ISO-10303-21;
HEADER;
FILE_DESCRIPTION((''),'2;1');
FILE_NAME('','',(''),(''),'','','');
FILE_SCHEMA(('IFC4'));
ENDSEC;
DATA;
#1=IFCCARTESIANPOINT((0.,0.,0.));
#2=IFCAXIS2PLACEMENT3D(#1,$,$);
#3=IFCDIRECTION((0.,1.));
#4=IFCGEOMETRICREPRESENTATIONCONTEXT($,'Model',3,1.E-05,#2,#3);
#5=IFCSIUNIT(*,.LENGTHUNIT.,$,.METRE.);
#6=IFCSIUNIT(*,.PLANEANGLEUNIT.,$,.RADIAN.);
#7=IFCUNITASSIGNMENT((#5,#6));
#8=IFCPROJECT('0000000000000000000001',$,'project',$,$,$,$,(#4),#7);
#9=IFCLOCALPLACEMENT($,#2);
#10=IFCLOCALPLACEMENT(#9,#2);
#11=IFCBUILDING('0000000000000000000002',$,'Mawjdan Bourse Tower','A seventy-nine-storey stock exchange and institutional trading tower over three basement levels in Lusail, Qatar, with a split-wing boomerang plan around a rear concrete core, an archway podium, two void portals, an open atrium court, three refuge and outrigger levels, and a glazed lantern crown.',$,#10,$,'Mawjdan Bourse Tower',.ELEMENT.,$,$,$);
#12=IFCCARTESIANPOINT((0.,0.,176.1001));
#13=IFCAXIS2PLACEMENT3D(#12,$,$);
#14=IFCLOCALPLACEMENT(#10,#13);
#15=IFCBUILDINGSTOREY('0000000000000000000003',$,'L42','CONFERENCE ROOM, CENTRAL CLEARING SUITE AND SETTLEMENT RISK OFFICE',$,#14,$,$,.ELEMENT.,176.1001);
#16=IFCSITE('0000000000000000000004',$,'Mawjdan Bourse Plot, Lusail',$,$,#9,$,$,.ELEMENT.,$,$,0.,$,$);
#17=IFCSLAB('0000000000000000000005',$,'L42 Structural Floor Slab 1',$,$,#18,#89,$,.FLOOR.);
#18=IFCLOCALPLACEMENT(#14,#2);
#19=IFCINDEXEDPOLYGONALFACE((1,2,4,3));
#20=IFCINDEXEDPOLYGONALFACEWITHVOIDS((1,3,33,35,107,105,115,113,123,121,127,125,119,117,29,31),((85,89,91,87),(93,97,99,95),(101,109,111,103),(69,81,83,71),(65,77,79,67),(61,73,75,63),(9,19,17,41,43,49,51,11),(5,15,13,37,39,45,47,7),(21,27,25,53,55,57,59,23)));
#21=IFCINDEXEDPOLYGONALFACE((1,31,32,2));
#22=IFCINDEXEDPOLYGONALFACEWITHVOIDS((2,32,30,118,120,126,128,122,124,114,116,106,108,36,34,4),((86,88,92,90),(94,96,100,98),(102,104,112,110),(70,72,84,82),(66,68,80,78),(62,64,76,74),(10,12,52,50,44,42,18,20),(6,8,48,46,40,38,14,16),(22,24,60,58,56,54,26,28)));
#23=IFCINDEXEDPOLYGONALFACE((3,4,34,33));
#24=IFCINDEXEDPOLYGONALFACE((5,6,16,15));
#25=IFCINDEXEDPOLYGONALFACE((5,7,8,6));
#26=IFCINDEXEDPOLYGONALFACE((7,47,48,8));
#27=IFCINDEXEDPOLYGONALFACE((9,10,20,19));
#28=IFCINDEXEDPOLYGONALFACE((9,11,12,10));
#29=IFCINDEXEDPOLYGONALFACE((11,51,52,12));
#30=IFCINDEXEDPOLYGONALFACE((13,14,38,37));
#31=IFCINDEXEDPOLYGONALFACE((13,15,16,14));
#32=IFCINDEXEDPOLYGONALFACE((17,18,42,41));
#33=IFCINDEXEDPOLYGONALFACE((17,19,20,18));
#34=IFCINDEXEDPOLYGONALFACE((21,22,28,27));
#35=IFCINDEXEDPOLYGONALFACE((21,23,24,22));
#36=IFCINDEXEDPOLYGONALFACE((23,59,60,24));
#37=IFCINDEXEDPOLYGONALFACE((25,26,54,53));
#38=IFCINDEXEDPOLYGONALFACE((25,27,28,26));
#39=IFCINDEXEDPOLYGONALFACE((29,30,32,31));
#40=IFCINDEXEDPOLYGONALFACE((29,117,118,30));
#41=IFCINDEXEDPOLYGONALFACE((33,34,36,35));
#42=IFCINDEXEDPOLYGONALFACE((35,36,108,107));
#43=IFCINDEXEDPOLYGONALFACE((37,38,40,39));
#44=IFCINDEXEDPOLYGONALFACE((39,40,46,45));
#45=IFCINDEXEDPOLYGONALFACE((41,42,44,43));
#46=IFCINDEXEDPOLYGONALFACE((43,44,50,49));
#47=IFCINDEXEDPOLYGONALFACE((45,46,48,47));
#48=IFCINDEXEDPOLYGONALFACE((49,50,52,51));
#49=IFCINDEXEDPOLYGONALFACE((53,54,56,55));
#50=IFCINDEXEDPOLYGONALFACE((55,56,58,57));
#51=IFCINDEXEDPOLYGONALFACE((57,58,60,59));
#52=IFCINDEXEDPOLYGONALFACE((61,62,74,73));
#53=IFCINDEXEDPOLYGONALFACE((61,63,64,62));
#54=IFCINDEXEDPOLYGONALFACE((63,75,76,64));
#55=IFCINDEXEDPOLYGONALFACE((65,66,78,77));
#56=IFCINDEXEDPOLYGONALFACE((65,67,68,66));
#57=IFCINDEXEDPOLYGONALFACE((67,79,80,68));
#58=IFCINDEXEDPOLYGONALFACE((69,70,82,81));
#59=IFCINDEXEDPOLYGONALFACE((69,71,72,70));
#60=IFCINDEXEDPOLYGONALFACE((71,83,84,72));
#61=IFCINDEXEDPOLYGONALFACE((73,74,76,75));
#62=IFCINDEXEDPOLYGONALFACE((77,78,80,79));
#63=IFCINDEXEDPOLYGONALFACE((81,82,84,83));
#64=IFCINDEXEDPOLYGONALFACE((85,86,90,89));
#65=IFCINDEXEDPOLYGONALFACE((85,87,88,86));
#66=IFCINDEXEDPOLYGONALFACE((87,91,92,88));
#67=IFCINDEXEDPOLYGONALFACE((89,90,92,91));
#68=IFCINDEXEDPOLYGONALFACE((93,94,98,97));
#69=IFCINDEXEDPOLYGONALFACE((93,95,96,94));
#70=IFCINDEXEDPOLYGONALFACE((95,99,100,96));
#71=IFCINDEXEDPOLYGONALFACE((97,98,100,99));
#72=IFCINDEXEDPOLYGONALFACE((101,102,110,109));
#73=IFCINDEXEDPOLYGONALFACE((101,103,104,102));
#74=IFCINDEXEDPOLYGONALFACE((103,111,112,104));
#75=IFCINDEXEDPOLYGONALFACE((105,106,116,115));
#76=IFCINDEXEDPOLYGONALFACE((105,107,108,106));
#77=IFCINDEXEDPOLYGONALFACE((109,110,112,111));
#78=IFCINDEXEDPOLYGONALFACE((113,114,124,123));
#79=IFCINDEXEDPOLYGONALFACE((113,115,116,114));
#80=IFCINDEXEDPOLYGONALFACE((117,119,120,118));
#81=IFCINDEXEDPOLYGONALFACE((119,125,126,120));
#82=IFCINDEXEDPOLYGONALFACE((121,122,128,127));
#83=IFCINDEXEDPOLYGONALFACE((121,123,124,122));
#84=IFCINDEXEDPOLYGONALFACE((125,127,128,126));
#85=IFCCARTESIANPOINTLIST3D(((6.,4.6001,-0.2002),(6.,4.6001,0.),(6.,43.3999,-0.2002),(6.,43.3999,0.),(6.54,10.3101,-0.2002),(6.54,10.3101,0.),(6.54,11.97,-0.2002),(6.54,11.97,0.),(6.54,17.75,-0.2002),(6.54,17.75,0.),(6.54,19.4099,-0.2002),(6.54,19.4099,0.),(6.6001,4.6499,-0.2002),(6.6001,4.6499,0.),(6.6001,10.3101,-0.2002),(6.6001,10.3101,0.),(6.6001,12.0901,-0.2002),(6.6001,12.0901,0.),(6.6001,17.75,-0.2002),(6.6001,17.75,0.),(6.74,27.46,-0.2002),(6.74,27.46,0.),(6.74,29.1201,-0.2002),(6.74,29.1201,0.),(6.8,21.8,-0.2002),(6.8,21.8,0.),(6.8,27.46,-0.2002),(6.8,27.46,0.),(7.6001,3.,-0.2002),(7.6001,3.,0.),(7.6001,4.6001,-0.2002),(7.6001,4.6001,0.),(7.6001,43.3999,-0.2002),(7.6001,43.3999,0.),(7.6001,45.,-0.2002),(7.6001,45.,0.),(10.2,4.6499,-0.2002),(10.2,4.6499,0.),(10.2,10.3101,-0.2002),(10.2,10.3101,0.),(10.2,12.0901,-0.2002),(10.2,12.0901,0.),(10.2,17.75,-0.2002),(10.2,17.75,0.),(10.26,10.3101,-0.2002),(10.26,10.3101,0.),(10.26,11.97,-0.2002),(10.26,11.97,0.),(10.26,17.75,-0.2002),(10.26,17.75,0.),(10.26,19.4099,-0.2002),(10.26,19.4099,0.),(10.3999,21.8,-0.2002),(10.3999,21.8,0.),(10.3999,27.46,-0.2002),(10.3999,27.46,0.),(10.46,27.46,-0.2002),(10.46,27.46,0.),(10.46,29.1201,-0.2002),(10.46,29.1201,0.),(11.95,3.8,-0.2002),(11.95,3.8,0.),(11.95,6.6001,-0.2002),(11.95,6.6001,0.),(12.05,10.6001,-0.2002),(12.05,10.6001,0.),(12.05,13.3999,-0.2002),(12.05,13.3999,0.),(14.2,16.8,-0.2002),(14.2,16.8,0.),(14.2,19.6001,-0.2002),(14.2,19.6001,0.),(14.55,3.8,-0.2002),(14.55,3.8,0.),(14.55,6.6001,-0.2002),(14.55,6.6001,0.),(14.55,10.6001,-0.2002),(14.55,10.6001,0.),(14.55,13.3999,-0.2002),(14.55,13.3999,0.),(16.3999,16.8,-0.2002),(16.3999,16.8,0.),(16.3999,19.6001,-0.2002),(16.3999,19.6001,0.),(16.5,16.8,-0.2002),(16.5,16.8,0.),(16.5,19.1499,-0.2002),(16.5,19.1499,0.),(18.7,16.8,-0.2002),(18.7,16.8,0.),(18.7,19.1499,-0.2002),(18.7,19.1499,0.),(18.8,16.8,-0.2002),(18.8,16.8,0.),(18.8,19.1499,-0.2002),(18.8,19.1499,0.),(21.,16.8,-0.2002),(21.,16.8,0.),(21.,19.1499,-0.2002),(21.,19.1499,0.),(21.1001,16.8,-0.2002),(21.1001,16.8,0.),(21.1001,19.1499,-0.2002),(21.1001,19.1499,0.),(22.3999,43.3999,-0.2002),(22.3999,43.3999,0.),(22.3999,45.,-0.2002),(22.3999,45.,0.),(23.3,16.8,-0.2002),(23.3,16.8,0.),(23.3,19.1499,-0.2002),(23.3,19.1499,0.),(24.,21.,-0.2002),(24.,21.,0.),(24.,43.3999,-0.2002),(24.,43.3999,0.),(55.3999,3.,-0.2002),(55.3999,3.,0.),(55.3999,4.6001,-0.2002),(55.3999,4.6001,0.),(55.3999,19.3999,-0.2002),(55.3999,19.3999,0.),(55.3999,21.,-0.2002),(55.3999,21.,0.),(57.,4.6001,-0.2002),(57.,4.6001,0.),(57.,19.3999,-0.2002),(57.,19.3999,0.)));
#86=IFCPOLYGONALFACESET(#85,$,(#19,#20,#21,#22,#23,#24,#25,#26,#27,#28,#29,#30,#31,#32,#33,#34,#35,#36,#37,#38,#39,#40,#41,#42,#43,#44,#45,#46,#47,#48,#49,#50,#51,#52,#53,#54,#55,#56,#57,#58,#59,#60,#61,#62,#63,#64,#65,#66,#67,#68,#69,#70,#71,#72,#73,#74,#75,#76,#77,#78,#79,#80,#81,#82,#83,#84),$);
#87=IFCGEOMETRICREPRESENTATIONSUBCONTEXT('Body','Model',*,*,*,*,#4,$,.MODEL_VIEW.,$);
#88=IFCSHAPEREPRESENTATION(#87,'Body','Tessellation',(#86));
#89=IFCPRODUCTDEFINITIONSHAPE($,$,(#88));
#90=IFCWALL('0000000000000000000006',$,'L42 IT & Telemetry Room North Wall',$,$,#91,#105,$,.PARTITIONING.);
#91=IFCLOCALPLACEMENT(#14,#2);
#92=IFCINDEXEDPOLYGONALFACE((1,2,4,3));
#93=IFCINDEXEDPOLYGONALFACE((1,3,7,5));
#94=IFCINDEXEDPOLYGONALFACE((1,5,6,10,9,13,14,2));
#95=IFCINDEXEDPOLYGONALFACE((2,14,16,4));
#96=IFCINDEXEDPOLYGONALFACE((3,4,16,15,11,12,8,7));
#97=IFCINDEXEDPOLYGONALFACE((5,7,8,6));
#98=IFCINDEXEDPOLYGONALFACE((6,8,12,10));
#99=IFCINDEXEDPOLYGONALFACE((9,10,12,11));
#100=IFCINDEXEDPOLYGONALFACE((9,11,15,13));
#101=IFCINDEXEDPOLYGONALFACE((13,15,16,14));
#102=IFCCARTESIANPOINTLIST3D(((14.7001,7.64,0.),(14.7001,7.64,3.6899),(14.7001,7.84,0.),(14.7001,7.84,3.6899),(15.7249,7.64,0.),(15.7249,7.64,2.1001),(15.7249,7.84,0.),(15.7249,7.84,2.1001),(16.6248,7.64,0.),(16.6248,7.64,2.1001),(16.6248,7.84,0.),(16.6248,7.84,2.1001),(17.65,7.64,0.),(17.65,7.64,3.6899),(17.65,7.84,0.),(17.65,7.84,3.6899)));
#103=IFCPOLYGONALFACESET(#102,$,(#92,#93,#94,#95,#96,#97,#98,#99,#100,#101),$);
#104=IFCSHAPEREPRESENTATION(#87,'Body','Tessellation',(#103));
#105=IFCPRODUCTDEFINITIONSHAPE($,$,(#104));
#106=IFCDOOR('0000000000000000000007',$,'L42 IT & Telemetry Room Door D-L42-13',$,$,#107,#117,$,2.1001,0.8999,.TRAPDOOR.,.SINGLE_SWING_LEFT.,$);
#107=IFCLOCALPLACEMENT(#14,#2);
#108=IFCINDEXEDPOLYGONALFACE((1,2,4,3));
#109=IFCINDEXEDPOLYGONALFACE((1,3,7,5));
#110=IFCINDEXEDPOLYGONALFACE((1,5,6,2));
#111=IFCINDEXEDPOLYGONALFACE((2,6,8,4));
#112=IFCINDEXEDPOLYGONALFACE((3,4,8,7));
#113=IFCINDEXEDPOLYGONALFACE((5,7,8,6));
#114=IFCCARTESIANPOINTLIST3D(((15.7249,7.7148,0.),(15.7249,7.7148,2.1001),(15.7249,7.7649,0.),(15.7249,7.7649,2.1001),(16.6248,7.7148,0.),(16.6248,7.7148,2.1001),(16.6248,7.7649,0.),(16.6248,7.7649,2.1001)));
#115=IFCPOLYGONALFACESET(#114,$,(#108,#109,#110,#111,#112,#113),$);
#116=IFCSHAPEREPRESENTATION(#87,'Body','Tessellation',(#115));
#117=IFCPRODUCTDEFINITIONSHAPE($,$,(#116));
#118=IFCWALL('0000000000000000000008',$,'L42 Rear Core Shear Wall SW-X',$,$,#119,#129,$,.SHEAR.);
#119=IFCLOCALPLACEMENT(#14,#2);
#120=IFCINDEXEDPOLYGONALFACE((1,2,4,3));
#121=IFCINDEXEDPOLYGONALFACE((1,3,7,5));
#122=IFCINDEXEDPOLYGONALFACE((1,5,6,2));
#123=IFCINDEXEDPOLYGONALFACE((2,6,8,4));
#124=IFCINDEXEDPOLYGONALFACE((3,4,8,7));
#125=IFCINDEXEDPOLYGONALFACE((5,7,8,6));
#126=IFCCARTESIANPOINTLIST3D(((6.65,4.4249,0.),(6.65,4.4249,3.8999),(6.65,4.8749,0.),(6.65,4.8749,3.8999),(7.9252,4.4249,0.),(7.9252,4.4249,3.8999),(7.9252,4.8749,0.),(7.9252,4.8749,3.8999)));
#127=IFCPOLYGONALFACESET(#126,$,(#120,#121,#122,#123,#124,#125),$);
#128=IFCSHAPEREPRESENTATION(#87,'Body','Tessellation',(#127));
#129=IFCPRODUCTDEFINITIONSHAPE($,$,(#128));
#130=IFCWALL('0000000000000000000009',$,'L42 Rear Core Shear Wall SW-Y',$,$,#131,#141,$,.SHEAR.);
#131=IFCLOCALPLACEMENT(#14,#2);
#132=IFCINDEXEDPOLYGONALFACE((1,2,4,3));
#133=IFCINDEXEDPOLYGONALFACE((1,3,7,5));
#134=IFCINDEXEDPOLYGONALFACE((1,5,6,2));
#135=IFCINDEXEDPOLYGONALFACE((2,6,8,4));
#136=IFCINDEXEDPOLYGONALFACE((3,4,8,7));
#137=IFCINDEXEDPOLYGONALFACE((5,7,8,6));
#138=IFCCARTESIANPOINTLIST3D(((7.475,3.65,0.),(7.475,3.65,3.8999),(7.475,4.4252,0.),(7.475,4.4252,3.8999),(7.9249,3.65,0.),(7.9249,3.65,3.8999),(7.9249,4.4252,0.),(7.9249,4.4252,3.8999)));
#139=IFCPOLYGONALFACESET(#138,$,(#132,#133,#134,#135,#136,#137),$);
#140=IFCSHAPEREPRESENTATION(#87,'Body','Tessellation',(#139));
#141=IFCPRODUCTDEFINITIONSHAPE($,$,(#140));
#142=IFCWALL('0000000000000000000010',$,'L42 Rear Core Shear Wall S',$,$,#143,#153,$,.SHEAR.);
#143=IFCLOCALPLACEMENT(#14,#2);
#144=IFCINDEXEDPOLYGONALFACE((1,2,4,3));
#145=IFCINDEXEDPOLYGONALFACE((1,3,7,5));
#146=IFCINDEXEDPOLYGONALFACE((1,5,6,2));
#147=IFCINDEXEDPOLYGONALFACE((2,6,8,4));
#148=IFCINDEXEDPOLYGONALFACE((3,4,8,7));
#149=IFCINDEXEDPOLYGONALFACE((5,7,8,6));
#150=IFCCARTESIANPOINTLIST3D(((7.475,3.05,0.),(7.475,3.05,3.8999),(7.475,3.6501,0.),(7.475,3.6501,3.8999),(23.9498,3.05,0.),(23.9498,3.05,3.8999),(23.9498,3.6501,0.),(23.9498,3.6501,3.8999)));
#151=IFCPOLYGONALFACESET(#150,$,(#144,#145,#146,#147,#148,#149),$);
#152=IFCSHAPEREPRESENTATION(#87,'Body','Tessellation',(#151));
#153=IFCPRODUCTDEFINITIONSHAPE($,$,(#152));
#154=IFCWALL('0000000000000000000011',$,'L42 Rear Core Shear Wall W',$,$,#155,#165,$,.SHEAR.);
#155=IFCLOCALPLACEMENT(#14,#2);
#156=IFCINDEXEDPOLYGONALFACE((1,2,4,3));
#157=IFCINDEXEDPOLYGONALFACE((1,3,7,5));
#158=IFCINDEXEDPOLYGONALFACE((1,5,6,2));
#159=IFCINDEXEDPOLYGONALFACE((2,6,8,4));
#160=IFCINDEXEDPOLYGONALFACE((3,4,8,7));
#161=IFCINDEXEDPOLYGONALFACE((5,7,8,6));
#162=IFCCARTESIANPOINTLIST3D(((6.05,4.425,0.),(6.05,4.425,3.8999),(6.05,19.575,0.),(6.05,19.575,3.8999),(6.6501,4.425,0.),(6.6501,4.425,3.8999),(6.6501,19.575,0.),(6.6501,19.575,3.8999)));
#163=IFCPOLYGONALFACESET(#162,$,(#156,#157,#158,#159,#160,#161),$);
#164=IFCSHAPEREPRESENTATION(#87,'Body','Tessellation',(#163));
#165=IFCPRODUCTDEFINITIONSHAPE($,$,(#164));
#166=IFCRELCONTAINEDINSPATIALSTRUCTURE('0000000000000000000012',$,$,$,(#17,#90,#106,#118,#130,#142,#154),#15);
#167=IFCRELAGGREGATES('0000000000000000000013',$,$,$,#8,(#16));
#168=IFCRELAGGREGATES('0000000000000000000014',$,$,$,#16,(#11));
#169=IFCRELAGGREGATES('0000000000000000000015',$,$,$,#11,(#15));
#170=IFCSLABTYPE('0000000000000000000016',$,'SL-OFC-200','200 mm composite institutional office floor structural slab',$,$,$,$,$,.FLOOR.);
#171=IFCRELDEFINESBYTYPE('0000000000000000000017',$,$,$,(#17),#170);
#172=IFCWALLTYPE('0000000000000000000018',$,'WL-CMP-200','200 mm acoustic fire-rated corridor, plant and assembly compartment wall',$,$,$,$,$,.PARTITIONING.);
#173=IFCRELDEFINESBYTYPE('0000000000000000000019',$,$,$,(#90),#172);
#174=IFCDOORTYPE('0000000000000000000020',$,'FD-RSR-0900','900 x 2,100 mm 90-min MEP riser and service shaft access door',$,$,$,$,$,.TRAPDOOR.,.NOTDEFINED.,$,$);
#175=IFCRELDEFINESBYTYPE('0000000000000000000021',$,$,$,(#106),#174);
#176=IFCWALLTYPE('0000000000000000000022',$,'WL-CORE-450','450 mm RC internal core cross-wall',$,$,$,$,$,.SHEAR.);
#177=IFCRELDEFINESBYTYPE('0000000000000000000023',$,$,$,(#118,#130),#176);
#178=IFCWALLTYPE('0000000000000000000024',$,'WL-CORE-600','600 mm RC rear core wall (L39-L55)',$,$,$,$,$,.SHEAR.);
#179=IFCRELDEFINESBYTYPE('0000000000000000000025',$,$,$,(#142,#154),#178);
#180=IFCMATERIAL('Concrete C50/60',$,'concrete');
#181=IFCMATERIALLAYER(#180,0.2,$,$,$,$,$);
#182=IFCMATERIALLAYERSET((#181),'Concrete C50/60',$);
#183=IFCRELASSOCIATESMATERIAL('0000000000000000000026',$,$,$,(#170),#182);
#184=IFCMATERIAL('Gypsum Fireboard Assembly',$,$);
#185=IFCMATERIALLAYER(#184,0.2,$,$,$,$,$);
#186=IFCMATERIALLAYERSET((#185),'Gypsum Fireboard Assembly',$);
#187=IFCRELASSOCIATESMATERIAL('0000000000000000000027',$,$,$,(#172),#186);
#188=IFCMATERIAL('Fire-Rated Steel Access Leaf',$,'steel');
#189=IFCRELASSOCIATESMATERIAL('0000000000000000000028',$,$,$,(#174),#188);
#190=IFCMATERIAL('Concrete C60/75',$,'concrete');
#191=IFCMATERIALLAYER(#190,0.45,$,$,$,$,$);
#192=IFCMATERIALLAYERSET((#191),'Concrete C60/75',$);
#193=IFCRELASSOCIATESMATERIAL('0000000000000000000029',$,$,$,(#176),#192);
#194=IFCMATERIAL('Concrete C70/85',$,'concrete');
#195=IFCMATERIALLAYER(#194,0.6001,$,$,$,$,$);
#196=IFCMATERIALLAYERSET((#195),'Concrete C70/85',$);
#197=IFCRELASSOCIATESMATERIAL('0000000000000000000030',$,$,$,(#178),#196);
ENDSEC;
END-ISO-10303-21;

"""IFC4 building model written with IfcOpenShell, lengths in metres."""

from ifc_helpers import new_model, si_unit, direction, frame, frame_2d, origin, place, context, subcontext, project, spatial, polyline, rectangle, outline, extrude, material, layer, layer_set, type_object, element, fill, save


model = new_model("IFC4")

# Units and contexts
model_context = context("Model", 3, precision=1e-05, world=origin(), true_north=direction((0.0, 1.0)))
body_context = subcontext(model_context, "Body", "Model", "MODEL_VIEW")
ifc_project = project(units=[si_unit("LENGTHUNIT", "METRE"), si_unit("PLANEANGLEUNIT", "RADIAN")], contexts=[model_context])

# Site, building, storey
site_placement = place(None, origin())
site = spatial("IfcSite", under=ifc_project, at=site_placement, Name="Mawjdan Bourse Plot, Lusail", CompositionType="ELEMENT", RefElevation=0.0)
building_placement = place(site_placement, origin())
building = spatial("IfcBuilding", under=site, at=building_placement, Name="Mawjdan Bourse Tower", Description="A seventy-nine-storey stock exchange and institutional trading tower over three basement levels in Lusail, Qatar, with a split-wing boomerang plan around a rear concrete core, an archway podium, two void portals, an open atrium court, three refuge and outrigger levels, and a glazed lantern crown.", LongName="Mawjdan Bourse Tower", CompositionType="ELEMENT")
storey_placement = place(building_placement, frame((0.0, 0.0, 176.1001)))
storey = spatial("IfcBuildingStorey", under=building, at=storey_placement, Name="L42", Description="CONFERENCE ROOM, CENTRAL CLEARING SUITE AND SETTLEMENT RISK OFFICE", CompositionType="ELEMENT", Elevation=176.1001)

# Shared definitions
ifc_material_1 = material(Name="Concrete C50/60", Category="concrete")

# Slab
ifc_layer_1 = layer(ifc_material_1, 0.2)
ifc_layer_set_1 = layer_set([ifc_layer_1], Name="Concrete C50/60")
slab_type_1 = type_object("IfcSlabType", Name="SL-OFC-200", Description="200 mm composite institutional office floor structural slab", PredefinedType="FLOOR", material=ifc_layer_set_1)
slab_1_placement = place(storey_placement, frame((0.0, 0.0, -0.2002)))
element("IfcSlab", 1, at=slab_1_placement, inside=storey, type_object=slab_type_1, Name="L42 Structural Floor Slab 1", PredefinedType="FLOOR", context=body_context, shape_type="SweptSolid", body=[
    extrude(outline(polyline([(7.6001, 3.0), (55.3999, 3.0), (55.3999, 4.6001), (57.0, 4.6001), (57.0, 19.3999), (55.3999, 19.3999), (55.3999, 21.0), (24.0, 21.0), (24.0, 43.3999), (22.3999, 43.3999), (22.3999, 45.0), (7.6001, 45.0), (7.6001, 43.3999), (6.0, 43.3999), (6.0, 4.6001), (7.6001, 4.6001), (7.6001, 3.0)]), holes=[polyline([(6.54, 11.97), (10.26, 11.97), (10.26, 10.3101), (10.2, 10.3101), (10.2, 4.6499), (6.6001, 4.6499), (6.6001, 10.3101), (6.54, 10.3101), (6.54, 11.97)]), polyline([(6.6001, 12.0901), (6.6001, 17.75), (6.54, 17.75), (6.54, 19.4099), (10.26, 19.4099), (10.26, 17.75), (10.2, 17.75), (10.2, 12.0901), (6.6001, 12.0901)]), polyline([(10.46, 29.1201), (10.46, 27.46), (10.3999, 27.46), (10.3999, 21.8), (6.8, 21.8), (6.8, 27.46), (6.74, 27.46), (6.74, 29.1201), (10.46, 29.1201)]), polyline([(14.55, 3.8), (11.95, 3.8), (11.95, 6.6001), (14.55, 6.6001), (14.55, 3.8)]), polyline([(12.05, 10.6001), (12.05, 13.3999), (14.55, 13.3999), (14.55, 10.6001), (12.05, 10.6001)]), polyline([(16.5, 16.8), (16.5, 19.1499), (18.7, 19.1499), (18.7, 16.8), (16.5, 16.8)]), polyline([(21.0, 16.8), (18.8, 16.8), (18.8, 19.1499), (21.0, 19.1499), (21.0, 16.8)]), polyline([(21.1001, 16.8), (21.1001, 19.1499), (23.3, 19.1499), (23.3, 16.8), (21.1001, 16.8)]), polyline([(14.2, 16.8), (14.2, 19.6001), (16.3999, 19.6001), (16.3999, 16.8), (14.2, 16.8)])]), origin(), (0.0, 0.0, 1.0), 0.2002),
])

# Wall, opening, door
ifc_material_2 = material(Name="Gypsum Fireboard Assembly")
ifc_layer_2 = layer(ifc_material_2, 0.2)
ifc_layer_set_2 = layer_set([ifc_layer_2], Name="Gypsum Fireboard Assembly")
wall_type_1 = type_object("IfcWallType", Name="WL-CMP-200", Description="200 mm acoustic fire-rated corridor, plant and assembly compartment wall", PredefinedType="PARTITIONING", material=ifc_layer_set_2)
wall_1_placement = place(storey_placement, frame((14.7, 7.74, 0.0), z_axis=(0.0, 0.0, 1.0), x_axis=(1.0, 0.0, 0.0)))
wall_1 = element("IfcWall", 2, at=wall_1_placement, inside=storey, type_object=wall_type_1, Name="L42 IT & Telemetry Room North Wall", PredefinedType="PARTITIONING", context=body_context, shape_type="SweptSolid", body=[
    extrude(rectangle(XDim=2.95, YDim=0.2, at=frame_2d((1.4751, 0.0))), origin(), (0.0, 0.0, 1.0), 3.6899),
])
opening_1_placement = place(wall_1_placement, frame((1.0249, 0.0, 0.0)))
opening_1 = element("IfcOpeningElement", 3, at=opening_1_placement, cuts=wall_1, PredefinedType="OPENING", context=body_context, shape_type="SweptSolid", body=[
    extrude(rectangle(XDim=0.8999, YDim=2.1001, at=frame_2d((0.45, 1.05))), frame((0.0, 0.1099, 0.0), z_axis=(0.0, -1.0, 0.0), x_axis=(1.0, 0.0, 0.0)), (0.0, 0.0, 1.0), 0.22),
])
ifc_material_3 = material(Name="Fire-Rated Steel Access Leaf", Category="steel")
door_type_1 = type_object("IfcDoorType", Name="FD-RSR-0900", Description="900 x 2,100 mm 90-min MEP riser and service shaft access door", OperationType="NOTDEFINED", PredefinedType="TRAPDOOR", material=ifc_material_3)
door_1_placement = place(opening_1_placement, origin())
door_1 = element("IfcDoor", 4, at=door_1_placement, inside=storey, type_object=door_type_1, Name="L42 IT & Telemetry Room Door D-L42-13", OperationType="SINGLE_SWING_LEFT", OverallHeight=2.1001, OverallWidth=0.8999, PredefinedType="TRAPDOOR", context=body_context, shape_type="SweptSolid", body=[
    extrude(rectangle(XDim=0.8999, YDim=2.1001, at=frame_2d((0.45, 1.05))), frame((0.0, 0.0249, 0.0), z_axis=(0.0, -1.0, 0.0), x_axis=(1.0, 0.0, 0.0)), (0.0, 0.0, 1.0), 0.05),
])
fill(opening_1, door_1)

# Walls
ifc_material_4 = material(Name="Concrete C60/75", Category="concrete")
ifc_layer_3 = layer(ifc_material_4, 0.45)
ifc_layer_set_3 = layer_set([ifc_layer_3], Name="Concrete C60/75")
wall_type_2 = type_object("IfcWallType", Name="WL-CORE-450", Description="450 mm RC internal core cross-wall", PredefinedType="SHEAR", material=ifc_layer_set_3)
wall_2_placement = place(storey_placement, frame((6.6499, 4.6499, 0.0), z_axis=(0.0, 0.0, 1.0), x_axis=(1.0, 0.0, 0.0)))
element("IfcWall", 5, at=wall_2_placement, inside=storey, type_object=wall_type_2, Name="L42 Rear Core Shear Wall SW-X", PredefinedType="SHEAR", context=body_context, shape_type="SweptSolid", body=[
    extrude(rectangle(XDim=1.2751, YDim=0.45, at=frame_2d((0.6377, 0.0))), origin(), (0.0, 0.0, 1.0), 3.8999),
])
wall_3_placement = place(storey_placement, frame((7.7, 3.6499, 0.0), z_axis=(0.0, 0.0, 1.0), x_axis=(0.0, 1.0, 0.0)))
element("IfcWall", 6, at=wall_3_placement, inside=storey, type_object=wall_type_2, Name="L42 Rear Core Shear Wall SW-Y", PredefinedType="SHEAR", context=body_context, shape_type="SweptSolid", body=[
    extrude(rectangle(XDim=0.7751, YDim=0.45, at=frame_2d((0.3877, 0.0))), origin(), (0.0, 0.0, 1.0), 3.8999),
])
ifc_material_5 = material(Name="Concrete C70/85", Category="concrete")
ifc_layer_4 = layer(ifc_material_5, 0.6001)
ifc_layer_set_4 = layer_set([ifc_layer_4], Name="Concrete C70/85")
wall_type_3 = type_object("IfcWallType", Name="WL-CORE-600", Description="600 mm RC rear core wall (L39-L55)", PredefinedType="SHEAR", material=ifc_layer_set_4)
wall_4_placement = place(storey_placement, frame((7.4751, 3.3501, 0.0), z_axis=(0.0, 0.0, 1.0), x_axis=(1.0, 0.0, 0.0)))
element("IfcWall", 7, at=wall_4_placement, inside=storey, type_object=wall_type_3, Name="L42 Rear Core Shear Wall S", PredefinedType="SHEAR", context=body_context, shape_type="SweptSolid", body=[
    extrude(rectangle(XDim=16.4749, YDim=0.6001, at=frame_2d((8.2373, 0.0))), origin(), (0.0, 0.0, 1.0), 3.8999),
])
wall_5_placement = place(storey_placement, frame((6.3501, 4.425, 0.0), z_axis=(0.0, 0.0, 1.0), x_axis=(0.0, 1.0, 0.0)))
element("IfcWall", 8, at=wall_5_placement, inside=storey, type_object=wall_type_3, Name="L42 Rear Core Shear Wall W", PredefinedType="SHEAR", context=body_context, shape_type="SweptSolid", body=[
    extrude(rectangle(XDim=15.1499, YDim=0.6001, at=frame_2d((7.575, 0.0))), origin(), (0.0, 0.0, 1.0), 3.8999),
])

save(model, "model.ifc")
